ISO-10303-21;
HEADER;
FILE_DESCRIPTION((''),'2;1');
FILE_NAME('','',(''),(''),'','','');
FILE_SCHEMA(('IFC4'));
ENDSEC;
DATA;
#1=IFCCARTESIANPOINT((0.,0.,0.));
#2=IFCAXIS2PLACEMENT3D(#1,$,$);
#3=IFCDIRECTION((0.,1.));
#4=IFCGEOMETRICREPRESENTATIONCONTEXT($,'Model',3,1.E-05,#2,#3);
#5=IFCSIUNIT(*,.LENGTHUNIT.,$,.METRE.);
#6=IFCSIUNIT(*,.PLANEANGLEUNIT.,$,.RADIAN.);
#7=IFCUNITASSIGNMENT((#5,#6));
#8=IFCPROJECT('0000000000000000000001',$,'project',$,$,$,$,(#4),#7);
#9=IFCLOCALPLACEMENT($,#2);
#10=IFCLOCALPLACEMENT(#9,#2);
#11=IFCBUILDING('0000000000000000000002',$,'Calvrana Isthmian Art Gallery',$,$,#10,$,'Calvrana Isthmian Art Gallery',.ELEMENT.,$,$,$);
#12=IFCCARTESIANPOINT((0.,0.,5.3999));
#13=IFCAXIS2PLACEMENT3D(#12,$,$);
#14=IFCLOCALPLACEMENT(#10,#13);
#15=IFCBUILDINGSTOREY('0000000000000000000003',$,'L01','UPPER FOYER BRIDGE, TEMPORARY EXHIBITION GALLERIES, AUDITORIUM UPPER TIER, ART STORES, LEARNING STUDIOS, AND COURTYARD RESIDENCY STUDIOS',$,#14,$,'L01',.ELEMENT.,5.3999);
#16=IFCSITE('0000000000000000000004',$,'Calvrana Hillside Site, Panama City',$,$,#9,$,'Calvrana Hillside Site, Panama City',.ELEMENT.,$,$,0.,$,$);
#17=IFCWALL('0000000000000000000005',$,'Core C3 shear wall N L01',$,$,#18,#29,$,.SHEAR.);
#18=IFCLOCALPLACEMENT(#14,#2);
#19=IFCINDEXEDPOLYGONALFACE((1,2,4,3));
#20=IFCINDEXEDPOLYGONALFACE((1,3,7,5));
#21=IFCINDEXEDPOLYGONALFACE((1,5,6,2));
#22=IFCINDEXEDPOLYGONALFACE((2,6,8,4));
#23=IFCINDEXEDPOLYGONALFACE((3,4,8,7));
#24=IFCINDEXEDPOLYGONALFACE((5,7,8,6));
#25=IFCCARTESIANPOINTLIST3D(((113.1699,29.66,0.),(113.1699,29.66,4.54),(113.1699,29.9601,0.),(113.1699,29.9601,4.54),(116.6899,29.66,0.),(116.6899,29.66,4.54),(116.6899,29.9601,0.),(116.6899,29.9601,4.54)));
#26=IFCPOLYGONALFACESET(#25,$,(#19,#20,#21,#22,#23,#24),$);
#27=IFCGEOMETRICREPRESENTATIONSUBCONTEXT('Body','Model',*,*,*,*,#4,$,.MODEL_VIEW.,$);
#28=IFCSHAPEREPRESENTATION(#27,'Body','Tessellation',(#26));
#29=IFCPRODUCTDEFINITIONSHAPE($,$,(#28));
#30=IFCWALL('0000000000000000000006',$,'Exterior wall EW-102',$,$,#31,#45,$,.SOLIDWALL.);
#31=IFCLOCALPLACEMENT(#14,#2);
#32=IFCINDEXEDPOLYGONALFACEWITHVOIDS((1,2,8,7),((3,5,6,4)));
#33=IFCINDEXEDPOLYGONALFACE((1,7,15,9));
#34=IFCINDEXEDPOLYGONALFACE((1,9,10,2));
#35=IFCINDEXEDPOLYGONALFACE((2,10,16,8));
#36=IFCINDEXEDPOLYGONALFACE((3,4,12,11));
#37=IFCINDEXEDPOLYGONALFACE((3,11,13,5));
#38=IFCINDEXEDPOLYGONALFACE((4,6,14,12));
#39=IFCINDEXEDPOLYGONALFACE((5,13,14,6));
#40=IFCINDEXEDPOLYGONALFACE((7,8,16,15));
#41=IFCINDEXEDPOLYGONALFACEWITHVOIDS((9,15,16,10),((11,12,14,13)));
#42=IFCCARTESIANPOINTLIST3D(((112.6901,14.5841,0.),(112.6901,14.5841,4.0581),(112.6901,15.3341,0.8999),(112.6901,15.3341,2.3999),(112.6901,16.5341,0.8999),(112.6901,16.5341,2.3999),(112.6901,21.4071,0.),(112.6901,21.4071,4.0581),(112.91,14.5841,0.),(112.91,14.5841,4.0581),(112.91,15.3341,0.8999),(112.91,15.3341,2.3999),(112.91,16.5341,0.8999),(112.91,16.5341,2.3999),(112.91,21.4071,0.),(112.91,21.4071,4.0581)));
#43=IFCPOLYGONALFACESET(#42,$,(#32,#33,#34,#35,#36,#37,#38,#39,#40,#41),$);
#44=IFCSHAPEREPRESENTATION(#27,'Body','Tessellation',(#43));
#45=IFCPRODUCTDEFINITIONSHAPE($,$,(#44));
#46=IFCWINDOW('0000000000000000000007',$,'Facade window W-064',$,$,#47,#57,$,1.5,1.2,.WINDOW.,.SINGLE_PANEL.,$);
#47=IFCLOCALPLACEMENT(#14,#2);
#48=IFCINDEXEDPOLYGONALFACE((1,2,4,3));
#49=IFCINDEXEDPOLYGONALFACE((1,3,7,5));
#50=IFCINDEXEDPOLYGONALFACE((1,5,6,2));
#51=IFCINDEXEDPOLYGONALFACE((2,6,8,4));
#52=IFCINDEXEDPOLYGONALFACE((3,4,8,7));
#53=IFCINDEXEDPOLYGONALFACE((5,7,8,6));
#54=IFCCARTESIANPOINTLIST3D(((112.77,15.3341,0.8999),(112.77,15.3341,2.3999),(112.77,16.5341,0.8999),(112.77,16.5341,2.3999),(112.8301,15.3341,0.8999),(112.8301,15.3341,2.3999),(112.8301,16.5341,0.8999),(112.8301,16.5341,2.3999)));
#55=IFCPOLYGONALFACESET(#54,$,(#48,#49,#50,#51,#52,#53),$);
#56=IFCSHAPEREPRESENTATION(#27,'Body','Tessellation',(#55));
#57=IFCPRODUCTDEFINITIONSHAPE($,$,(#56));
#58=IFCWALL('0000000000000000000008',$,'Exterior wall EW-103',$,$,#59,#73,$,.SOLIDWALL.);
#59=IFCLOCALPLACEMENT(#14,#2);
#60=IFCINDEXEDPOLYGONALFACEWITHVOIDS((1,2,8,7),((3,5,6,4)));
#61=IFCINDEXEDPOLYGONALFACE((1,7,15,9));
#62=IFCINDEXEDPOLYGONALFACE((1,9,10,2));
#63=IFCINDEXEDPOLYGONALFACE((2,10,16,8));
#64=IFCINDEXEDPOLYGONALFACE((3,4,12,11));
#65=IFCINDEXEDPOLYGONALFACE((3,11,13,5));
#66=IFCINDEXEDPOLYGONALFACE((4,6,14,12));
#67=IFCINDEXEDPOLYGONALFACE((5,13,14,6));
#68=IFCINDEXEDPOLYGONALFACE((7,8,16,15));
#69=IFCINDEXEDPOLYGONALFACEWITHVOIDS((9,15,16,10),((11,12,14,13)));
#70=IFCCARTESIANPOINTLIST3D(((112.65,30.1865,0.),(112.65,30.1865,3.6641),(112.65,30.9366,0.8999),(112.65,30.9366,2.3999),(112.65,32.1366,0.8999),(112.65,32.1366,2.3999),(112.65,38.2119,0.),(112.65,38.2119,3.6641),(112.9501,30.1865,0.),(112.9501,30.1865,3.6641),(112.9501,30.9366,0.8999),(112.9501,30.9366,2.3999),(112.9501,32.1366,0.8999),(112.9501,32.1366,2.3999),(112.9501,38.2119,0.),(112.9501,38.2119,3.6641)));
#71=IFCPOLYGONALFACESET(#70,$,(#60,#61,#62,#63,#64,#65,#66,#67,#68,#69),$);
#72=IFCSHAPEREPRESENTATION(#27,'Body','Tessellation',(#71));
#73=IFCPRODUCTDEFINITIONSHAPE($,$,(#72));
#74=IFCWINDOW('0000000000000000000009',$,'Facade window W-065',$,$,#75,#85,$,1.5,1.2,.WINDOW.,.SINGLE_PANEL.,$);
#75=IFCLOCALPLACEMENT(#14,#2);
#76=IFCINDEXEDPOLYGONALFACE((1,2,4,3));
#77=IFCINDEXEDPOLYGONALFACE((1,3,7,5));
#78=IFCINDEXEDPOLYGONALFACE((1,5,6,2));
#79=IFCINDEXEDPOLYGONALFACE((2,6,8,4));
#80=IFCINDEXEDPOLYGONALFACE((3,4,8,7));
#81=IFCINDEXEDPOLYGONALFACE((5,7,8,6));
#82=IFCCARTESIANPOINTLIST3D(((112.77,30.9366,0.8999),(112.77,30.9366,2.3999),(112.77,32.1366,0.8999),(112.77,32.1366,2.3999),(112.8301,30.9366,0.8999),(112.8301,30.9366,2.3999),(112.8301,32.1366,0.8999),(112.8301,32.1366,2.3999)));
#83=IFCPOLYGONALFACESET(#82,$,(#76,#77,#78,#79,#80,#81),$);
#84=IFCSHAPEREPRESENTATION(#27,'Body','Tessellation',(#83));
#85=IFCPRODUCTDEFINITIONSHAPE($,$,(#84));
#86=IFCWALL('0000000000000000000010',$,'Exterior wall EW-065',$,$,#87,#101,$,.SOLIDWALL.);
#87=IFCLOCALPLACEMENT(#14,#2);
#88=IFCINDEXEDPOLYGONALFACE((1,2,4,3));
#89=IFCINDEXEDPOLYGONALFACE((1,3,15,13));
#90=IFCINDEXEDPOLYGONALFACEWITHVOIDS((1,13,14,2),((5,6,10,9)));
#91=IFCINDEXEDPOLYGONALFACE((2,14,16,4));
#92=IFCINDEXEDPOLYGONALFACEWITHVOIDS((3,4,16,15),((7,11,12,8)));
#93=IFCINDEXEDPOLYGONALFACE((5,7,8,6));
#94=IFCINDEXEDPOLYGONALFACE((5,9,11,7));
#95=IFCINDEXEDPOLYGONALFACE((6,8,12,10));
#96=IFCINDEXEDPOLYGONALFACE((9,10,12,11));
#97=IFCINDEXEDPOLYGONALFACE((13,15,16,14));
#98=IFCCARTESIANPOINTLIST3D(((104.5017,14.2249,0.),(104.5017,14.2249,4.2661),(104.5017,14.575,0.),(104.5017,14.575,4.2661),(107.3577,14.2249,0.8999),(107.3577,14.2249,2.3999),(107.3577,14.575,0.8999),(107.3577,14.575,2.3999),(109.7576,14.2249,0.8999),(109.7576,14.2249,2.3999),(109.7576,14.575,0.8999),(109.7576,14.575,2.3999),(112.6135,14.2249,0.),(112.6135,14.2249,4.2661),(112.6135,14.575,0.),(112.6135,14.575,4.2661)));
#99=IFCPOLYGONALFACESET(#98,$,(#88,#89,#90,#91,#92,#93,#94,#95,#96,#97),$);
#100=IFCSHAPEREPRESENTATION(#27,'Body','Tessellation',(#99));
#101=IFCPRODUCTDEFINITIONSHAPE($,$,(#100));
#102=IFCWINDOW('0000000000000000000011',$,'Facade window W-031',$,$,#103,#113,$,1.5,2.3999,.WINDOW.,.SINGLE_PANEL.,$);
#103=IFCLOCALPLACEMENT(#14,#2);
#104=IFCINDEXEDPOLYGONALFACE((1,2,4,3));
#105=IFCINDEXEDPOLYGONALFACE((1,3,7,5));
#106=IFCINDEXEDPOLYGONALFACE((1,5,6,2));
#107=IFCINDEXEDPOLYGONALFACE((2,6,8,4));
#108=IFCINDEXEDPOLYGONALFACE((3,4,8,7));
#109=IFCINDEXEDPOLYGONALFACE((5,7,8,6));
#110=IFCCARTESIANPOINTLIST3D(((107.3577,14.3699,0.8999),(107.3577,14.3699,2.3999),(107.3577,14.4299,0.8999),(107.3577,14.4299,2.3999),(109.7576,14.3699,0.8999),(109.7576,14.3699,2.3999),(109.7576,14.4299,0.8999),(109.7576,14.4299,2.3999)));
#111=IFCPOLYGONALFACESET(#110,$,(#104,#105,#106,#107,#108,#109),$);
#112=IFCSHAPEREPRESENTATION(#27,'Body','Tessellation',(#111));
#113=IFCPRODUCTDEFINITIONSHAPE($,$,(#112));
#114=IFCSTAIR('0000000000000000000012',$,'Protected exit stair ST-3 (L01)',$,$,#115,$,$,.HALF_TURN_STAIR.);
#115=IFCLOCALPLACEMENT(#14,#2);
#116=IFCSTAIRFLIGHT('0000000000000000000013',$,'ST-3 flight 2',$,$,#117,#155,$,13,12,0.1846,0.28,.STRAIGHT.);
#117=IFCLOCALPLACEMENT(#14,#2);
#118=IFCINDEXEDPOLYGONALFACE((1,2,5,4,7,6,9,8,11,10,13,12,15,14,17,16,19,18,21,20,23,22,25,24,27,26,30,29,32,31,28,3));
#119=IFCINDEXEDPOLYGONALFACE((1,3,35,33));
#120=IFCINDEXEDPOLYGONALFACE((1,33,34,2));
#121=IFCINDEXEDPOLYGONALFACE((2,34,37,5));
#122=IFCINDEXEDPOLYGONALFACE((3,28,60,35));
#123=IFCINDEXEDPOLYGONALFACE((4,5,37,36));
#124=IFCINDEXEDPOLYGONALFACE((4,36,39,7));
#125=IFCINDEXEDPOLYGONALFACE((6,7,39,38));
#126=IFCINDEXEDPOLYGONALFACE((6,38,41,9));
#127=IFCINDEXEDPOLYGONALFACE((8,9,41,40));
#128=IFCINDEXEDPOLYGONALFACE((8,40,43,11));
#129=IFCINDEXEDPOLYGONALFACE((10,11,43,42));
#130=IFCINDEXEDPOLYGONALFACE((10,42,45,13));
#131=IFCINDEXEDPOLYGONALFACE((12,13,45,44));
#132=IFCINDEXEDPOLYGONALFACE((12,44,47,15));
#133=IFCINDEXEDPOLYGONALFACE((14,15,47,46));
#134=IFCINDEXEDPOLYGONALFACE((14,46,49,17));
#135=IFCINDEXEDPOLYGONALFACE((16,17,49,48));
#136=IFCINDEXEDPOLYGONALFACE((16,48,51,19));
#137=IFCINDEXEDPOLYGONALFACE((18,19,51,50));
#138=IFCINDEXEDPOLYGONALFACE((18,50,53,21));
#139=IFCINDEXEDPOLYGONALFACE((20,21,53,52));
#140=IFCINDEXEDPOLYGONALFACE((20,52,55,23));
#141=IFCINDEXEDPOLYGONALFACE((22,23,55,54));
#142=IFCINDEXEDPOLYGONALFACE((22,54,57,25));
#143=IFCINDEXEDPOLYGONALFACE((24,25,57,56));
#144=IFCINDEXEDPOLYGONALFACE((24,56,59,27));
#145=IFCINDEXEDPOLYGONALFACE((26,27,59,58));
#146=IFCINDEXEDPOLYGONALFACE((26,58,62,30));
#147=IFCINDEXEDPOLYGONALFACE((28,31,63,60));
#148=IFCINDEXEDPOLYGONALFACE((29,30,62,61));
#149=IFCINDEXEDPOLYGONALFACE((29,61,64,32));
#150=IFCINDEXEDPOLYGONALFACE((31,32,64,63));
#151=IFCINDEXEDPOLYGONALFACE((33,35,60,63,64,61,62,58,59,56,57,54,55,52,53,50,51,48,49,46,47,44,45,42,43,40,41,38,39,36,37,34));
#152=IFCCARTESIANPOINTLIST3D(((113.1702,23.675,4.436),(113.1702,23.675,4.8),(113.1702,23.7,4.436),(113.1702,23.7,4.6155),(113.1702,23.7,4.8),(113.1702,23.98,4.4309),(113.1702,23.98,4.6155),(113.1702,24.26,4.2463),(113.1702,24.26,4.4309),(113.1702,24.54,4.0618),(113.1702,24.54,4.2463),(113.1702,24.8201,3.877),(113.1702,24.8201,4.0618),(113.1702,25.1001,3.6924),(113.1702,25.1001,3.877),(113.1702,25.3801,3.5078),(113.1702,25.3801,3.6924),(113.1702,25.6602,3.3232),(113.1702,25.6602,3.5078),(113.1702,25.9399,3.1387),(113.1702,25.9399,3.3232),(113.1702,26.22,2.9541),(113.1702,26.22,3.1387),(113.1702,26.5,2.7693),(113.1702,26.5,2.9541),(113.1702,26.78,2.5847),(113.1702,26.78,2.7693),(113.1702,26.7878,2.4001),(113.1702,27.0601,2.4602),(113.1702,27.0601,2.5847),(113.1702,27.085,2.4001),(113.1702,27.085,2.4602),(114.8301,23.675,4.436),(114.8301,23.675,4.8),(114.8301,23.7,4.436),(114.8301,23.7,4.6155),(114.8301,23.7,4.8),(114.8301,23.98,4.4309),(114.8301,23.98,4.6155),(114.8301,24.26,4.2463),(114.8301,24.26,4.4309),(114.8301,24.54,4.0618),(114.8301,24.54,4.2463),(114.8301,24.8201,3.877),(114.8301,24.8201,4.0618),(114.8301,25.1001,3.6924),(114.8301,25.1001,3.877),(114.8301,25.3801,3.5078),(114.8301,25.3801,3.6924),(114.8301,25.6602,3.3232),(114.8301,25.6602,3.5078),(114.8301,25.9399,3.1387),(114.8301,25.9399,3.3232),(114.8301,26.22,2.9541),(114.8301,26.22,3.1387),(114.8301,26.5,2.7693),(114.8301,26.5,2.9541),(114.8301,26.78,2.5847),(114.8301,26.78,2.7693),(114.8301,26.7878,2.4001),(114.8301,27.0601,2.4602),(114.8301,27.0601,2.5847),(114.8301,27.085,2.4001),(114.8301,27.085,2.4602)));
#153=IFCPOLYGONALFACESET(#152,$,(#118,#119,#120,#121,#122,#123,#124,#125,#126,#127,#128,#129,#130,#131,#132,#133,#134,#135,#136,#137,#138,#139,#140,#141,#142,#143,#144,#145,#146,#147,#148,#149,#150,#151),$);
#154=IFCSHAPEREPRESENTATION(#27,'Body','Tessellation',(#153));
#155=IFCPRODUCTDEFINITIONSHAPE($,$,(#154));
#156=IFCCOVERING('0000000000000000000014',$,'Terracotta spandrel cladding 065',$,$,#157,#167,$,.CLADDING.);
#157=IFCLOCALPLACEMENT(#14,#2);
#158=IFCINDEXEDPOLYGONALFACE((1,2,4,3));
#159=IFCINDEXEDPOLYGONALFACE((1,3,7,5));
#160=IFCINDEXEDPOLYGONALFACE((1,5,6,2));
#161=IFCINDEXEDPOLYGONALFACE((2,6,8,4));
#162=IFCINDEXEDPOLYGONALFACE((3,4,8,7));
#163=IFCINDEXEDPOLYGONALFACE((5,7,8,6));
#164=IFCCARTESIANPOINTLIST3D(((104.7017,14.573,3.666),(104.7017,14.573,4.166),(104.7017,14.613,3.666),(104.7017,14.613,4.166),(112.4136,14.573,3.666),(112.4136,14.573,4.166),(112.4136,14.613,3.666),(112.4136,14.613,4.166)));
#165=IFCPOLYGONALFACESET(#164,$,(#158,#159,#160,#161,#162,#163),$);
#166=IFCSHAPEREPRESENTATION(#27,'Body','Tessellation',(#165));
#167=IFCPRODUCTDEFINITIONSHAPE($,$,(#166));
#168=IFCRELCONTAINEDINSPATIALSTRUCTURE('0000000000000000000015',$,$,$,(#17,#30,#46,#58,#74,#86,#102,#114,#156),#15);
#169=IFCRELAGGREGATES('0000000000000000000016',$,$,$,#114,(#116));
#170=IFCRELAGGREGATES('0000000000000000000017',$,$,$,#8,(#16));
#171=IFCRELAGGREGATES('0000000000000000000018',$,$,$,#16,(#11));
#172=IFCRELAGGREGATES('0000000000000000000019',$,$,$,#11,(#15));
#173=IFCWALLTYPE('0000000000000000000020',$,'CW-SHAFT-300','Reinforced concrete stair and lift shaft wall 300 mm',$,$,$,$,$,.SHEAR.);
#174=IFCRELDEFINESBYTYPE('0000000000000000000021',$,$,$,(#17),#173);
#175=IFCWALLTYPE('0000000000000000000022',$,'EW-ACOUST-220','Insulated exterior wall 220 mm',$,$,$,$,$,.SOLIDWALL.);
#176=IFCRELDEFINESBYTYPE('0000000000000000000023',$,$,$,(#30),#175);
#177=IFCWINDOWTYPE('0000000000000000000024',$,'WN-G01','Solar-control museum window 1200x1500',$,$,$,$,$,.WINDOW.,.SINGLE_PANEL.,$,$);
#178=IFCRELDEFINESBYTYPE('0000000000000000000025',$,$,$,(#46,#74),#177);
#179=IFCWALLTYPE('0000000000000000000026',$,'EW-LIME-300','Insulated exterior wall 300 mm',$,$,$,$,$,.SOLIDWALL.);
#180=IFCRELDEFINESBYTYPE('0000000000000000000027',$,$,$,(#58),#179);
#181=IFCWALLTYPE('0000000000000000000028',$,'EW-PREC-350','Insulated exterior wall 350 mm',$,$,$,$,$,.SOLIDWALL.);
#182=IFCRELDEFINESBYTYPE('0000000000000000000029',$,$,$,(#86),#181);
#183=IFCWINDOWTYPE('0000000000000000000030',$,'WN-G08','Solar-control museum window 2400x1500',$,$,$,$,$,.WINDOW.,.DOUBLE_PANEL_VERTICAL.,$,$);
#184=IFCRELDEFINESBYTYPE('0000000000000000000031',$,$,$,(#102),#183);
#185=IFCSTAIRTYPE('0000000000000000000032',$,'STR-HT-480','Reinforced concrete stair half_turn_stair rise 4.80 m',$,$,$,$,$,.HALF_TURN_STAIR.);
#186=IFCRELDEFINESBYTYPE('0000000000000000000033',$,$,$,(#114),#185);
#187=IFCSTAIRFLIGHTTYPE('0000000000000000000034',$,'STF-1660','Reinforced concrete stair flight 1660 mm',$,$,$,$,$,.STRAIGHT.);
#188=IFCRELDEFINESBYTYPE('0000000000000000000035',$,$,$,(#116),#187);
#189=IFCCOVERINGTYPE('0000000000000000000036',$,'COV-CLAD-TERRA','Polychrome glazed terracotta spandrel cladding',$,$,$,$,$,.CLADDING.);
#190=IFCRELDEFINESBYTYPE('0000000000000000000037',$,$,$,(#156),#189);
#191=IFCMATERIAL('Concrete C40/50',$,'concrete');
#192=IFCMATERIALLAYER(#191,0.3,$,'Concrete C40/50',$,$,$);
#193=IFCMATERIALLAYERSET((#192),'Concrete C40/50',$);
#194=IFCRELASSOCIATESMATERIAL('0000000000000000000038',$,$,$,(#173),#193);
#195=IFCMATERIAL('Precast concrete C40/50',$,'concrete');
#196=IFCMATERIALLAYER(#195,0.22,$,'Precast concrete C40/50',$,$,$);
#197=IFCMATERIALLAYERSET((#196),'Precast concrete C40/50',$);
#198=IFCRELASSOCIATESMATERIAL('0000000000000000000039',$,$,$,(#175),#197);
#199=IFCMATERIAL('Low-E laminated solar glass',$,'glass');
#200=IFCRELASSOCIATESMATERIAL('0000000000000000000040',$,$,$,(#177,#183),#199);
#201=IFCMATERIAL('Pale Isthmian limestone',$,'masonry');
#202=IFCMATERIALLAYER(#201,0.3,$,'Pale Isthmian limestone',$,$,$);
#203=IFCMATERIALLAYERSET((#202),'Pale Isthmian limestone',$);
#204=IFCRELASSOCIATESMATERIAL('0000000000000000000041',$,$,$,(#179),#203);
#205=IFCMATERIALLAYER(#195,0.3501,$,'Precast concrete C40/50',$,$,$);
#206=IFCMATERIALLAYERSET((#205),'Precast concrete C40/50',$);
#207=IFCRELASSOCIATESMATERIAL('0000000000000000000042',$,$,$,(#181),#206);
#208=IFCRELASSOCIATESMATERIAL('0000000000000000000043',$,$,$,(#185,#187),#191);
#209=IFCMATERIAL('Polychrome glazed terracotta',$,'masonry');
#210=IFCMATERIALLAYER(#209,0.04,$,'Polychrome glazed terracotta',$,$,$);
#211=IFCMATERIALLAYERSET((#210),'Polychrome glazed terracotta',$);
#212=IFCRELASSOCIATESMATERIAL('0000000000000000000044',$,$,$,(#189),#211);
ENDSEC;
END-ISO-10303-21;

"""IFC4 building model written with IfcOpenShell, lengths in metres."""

from ifc_helpers import new_model, si_unit, direction, frame, frame_2d, origin, origin_2d, place, context, subcontext, project, spatial, polyline, rectangle, outline, extrude, material, layer, layer_set, type_object, element, fill, aggregate, save


model = new_model("IFC4")

# Units and contexts
model_context = context("Model", 3, precision=1e-05, world=origin(), true_north=direction((0.0, 1.0)))
body_context = subcontext(model_context, "Body", "Model", "MODEL_VIEW")
ifc_project = project(units=[si_unit("LENGTHUNIT", "METRE"), si_unit("PLANEANGLEUNIT", "RADIAN")], contexts=[model_context])

# Site, building, storey
site_placement = place(None, origin())
site = spatial("IfcSite", under=ifc_project, at=site_placement, Name="Calvrana Hillside Site, Panama City", LongName="Calvrana Hillside Site, Panama City", CompositionType="ELEMENT", RefElevation=0.0)
building_placement = place(site_placement, origin())
building = spatial("IfcBuilding", under=site, at=building_placement, Name="Calvrana Isthmian Art Gallery", LongName="Calvrana Isthmian Art Gallery", CompositionType="ELEMENT")
storey_placement = place(building_placement, frame((0.0, 0.0, 5.3999)))
storey = spatial("IfcBuildingStorey", under=building, at=storey_placement, Name="L01", Description="UPPER FOYER BRIDGE, TEMPORARY EXHIBITION GALLERIES, AUDITORIUM UPPER TIER, ART STORES, LEARNING STUDIOS, AND COURTYARD RESIDENCY STUDIOS", LongName="L01", CompositionType="ELEMENT", Elevation=5.3999)

# Wall
ifc_material_1 = material(Name="Concrete C40/50", Category="concrete")
ifc_layer_1 = layer(ifc_material_1, 0.3, Name="Concrete C40/50")
ifc_layer_set_1 = layer_set([ifc_layer_1], Name="Concrete C40/50")
wall_type_1 = type_object("IfcWallType", Name="CW-SHAFT-300", Description="Reinforced concrete stair and lift shaft wall 300 mm", PredefinedType="SHEAR", material=ifc_layer_set_1)
for number, where, z_axis, x_axis, name in (
    (1, (113.1699, 29.8101, 0.0), (0.0, 0.0, 1.0), (1.0, 0.0, 0.0), "Core C3 shear wall N L01"),
):
    element("IfcWall", number, at=place(storey_placement, frame(where, z_axis=z_axis, x_axis=x_axis)), inside=storey, type_object=wall_type_1, Name=name, PredefinedType="SHEAR", context=body_context, shape_type="SweptSolid", body=[
        extrude(rectangle(XDim=3.52, YDim=0.3, at=frame_2d((1.76, 0.0))), origin(), (0.0, 0.0, 1.0), 4.54),
    ])

# Walls, openings, windows
ifc_material_2 = material(Name="Precast concrete C40/50", Category="concrete")
ifc_layer_2 = layer(ifc_material_2, 0.22, Name="Precast concrete C40/50")
ifc_layer_set_2 = layer_set([ifc_layer_2], Name="Precast concrete C40/50")
wall_type_2 = type_object("IfcWallType", Name="EW-ACOUST-220", Description="Insulated exterior wall 220 mm", PredefinedType="SOLIDWALL", material=ifc_layer_set_2)
wall_1_placement = place(storey_placement, frame((112.8, 14.584, 0.0), z_axis=(0.0, 0.0, 1.0), x_axis=(0.0, 1.0, 0.0)))
wall_1 = element("IfcWall", 2, at=wall_1_placement, inside=storey, type_object=wall_type_2, Name="Exterior wall EW-102", PredefinedType="SOLIDWALL", context=body_context, shape_type="SweptSolid", body=[
    extrude(rectangle(XDim=6.823, YDim=0.22, at=frame_2d((3.4116, 0.0))), origin(), (0.0, 0.0, 1.0), 4.0581),
])
opening_1_placement = place(wall_1_placement, frame((0.75, 0.0, 0.8999)))
opening_1 = element("IfcOpeningElement", 3, at=opening_1_placement, cuts=wall_1, PredefinedType="OPENING", context=body_context, shape_type="SweptSolid", body=[
    extrude(rectangle(XDim=1.2, YDim=1.5, at=frame_2d((0.6001, 0.75))), frame((0.0, 0.1201, 0.0), z_axis=(0.0, -1.0, 0.0), x_axis=(1.0, 0.0, 0.0)), (0.0, 0.0, 1.0), 0.2405),
])
ifc_material_3 = material(Name="Low-E laminated solar glass", Category="glass")
window_type_1 = type_object("IfcWindowType", Name="WN-G01", Description="Solar-control museum window 1200x1500", PartitioningType="SINGLE_PANEL", PredefinedType="WINDOW", material=ifc_material_3)
window_1_placement = place(opening_1_placement, origin())
window_1 = element("IfcWindow", 4, at=window_1_placement, inside=storey, type_object=window_type_1, Name="Facade window W-064", OverallHeight=1.5, OverallWidth=1.2, PartitioningType="SINGLE_PANEL", PredefinedType="WINDOW", context=body_context, shape_type="SweptSolid", body=[
    extrude(rectangle(XDim=1.2, YDim=1.5, at=frame_2d((0.6001, 0.75))), frame((0.0, 0.03, 0.0), z_axis=(0.0, -1.0, 0.0), x_axis=(1.0, 0.0, 0.0)), (0.0, 0.0, 1.0), 0.0601),
])
fill(opening_1, window_1)
ifc_material_4 = material(Name="Pale Isthmian limestone", Category="masonry")
ifc_layer_3 = layer(ifc_material_4, 0.3, Name="Pale Isthmian limestone")
ifc_layer_set_3 = layer_set([ifc_layer_3], Name="Pale Isthmian limestone")
wall_type_3 = type_object("IfcWallType", Name="EW-LIME-300", Description="Insulated exterior wall 300 mm", PredefinedType="SOLIDWALL", material=ifc_layer_set_3)
wall_2_placement = place(storey_placement, frame((112.8, 30.1865, 0.0), z_axis=(0.0, 0.0, 1.0), x_axis=(0.0, 1.0, 0.0)))
wall_2 = element("IfcWall", 5, at=wall_2_placement, inside=storey, type_object=wall_type_3, Name="Exterior wall EW-103", PredefinedType="SOLIDWALL", context=body_context, shape_type="SweptSolid", body=[
    extrude(rectangle(XDim=8.0254, YDim=0.3, at=frame_2d((4.0127, 0.0))), origin(), (0.0, 0.0, 1.0), 3.6641),
])
opening_2_placement = place(wall_2_placement, frame((0.75, 0.0, 0.8999)))
opening_2 = element("IfcOpeningElement", 6, at=opening_2_placement, cuts=wall_2, PredefinedType="OPENING", context=body_context, shape_type="SweptSolid", body=[
    extrude(rectangle(XDim=1.2, YDim=1.5, at=frame_2d((0.6001, 0.75))), frame((0.0, 0.1602, 0.0), z_axis=(0.0, -1.0, 0.0), x_axis=(1.0, 0.0, 0.0)), (0.0, 0.0, 1.0), 0.3206),
])
window_2_placement = place(opening_2_placement, origin())
window_2 = element("IfcWindow", 7, at=window_2_placement, inside=storey, type_object=window_type_1, Name="Facade window W-065", OverallHeight=1.5, OverallWidth=1.2, PartitioningType="SINGLE_PANEL", PredefinedType="WINDOW", context=body_context, shape_type="SweptSolid", body=[
    extrude(rectangle(XDim=1.2, YDim=1.5, at=frame_2d((0.6001, 0.75))), frame((0.0, 0.03, 0.0), z_axis=(0.0, -1.0, 0.0), x_axis=(1.0, 0.0, 0.0)), (0.0, 0.0, 1.0), 0.0601),
])
fill(opening_2, window_2)
ifc_layer_4 = layer(ifc_material_2, 0.3501, Name="Precast concrete C40/50")
ifc_layer_set_4 = layer_set([ifc_layer_4], Name="Precast concrete C40/50")
wall_type_4 = type_object("IfcWallType", Name="EW-PREC-350", Description="Insulated exterior wall 350 mm", PredefinedType="SOLIDWALL", material=ifc_layer_set_4)
wall_3_placement = place(storey_placement, frame((104.5017, 14.3999, 0.0), z_axis=(0.0, 0.0, 1.0), x_axis=(1.0, 0.0, 0.0)))
wall_3 = element("IfcWall", 8, at=wall_3_placement, inside=storey, type_object=wall_type_4, Name="Exterior wall EW-065", PredefinedType="SOLIDWALL", context=body_context, shape_type="SweptSolid", body=[
    extrude(rectangle(XDim=8.1118, YDim=0.3501, at=frame_2d((4.0559, 0.0))), origin(), (0.0, 0.0, 1.0), 4.2661),
])
opening_3_placement = place(wall_3_placement, frame((2.856, 0.0, 0.8999)))
opening_3 = element("IfcOpeningElement", 9, at=opening_3_placement, cuts=wall_3, PredefinedType="OPENING", context=body_context, shape_type="SweptSolid", body=[
    extrude(rectangle(XDim=2.3999, YDim=1.5, at=frame_2d((1.2, 0.75))), frame((0.0, 0.1853, 0.0), z_axis=(0.0, -1.0, 0.0), x_axis=(1.0, 0.0, 0.0)), (0.0, 0.0, 1.0), 0.3706),
])
window_type_2 = type_object("IfcWindowType", Name="WN-G08", Description="Solar-control museum window 2400x1500", PartitioningType="DOUBLE_PANEL_VERTICAL", PredefinedType="WINDOW", material=ifc_material_3)
window_3_placement = place(opening_3_placement, origin())
window_3 = element("IfcWindow", 10, at=window_3_placement, inside=storey, type_object=window_type_2, Name="Facade window W-031", OverallHeight=1.5, OverallWidth=2.3999, PartitioningType="SINGLE_PANEL", PredefinedType="WINDOW", context=body_context, shape_type="SweptSolid", body=[
    extrude(rectangle(XDim=2.3999, YDim=1.5, at=frame_2d((1.2, 0.75))), frame((0.0, 0.03, 0.0), z_axis=(0.0, -1.0, 0.0), x_axis=(1.0, 0.0, 0.0)), (0.0, 0.0, 1.0), 0.0601),
])
fill(opening_3, window_3)

# Stair, stair flight
stair_type = type_object("IfcStairType", Name="STR-HT-480", Description="Reinforced concrete stair half_turn_stair rise 4.80 m", PredefinedType="HALF_TURN_STAIR", material=ifc_material_1)
stair_placement = place(storey_placement, origin())
stair = element("IfcStair", 11, at=stair_placement, inside=storey, type_object=stair_type, Name="Protected exit stair ST-3 (L01)", PredefinedType="HALF_TURN_STAIR")
stair_flight_type = type_object("IfcStairFlightType", Name="STF-1660", Description="Reinforced concrete stair flight 1660 mm", PredefinedType="STRAIGHT", material=ifc_material_1)
stair_flight_placement = place(storey_placement, frame((114.0, 27.0601, 2.4001), z_axis=(0.0, 0.0, 1.0), x_axis=(0.0, -1.0, 0.0)))
stair_flight = element("IfcStairFlight", 12, at=stair_flight_placement, type_object=stair_flight_type, Name="ST-3 flight 2", NumberOfRisers=13, NumberOfTreads=12, PredefinedType="STRAIGHT", RiserHeight=0.1846, TreadLength=0.28, context=body_context, shape_type="SweptSolid", body=[
    extrude(outline(polyline([(-0.0249, 0.0), (-0.0249, 0.0601), (0.0, 0.0601), (0.0, 0.1846), (0.28, 0.1846), (0.28, 0.3691), (0.5601, 0.3691), (0.5601, 0.554), (0.8401, 0.554), (0.8401, 0.7385), (1.1201, 0.7385), (1.1201, 0.9231), (1.3999, 0.9231), (1.3999, 1.1077), (1.6799, 1.1077), (1.6799, 1.2922), (1.96, 1.2922), (1.96, 1.4768), (2.24, 1.4768), (2.24, 1.6616), (2.52, 1.6616), (2.52, 1.8462), (2.8, 1.8462), (2.8, 2.0308), (3.0801, 2.0308), (3.0801, 2.2153), (3.3601, 2.2153), (3.3601, 2.3999), (3.385, 2.3999), (3.385, 2.0359), (3.3601, 2.0359), (0.2722, 0.0), (-0.0249, 0.0)])), frame((0.0, 0.8301, 0.0), z_axis=(0.0, -1.0, 0.0), x_axis=(1.0, 0.0, 0.0)), (0.0, 0.0, 1.0), 1.6599),
])
aggregate(stair, [stair_flight])

# Covering
ifc_material_5 = material(Name="Polychrome glazed terracotta", Category="masonry")
ifc_layer_5 = layer(ifc_material_5, 0.04, Name="Polychrome glazed terracotta")
ifc_layer_set_5 = layer_set([ifc_layer_5], Name="Polychrome glazed terracotta")
covering_type = type_object("IfcCoveringType", Name="COV-CLAD-TERRA", Description="Polychrome glazed terracotta spandrel cladding", PredefinedType="CLADDING", material=ifc_layer_set_5)
covering_placement = place(storey_placement, frame((108.5576, 14.593, 3.666), z_axis=(0.0, 0.0, 1.0), x_axis=(1.0, 0.0, 0.0)))
element("IfcCovering", 13, at=covering_placement, inside=storey, type_object=covering_type, Name="Terracotta spandrel cladding 065", PredefinedType="CLADDING", context=body_context, shape_type="SweptSolid", body=[
    extrude(rectangle(XDim=7.7119, YDim=0.04, at=origin_2d()), origin(), (0.0, 0.0, 1.0), 0.5),
])

save(model, "model.ifc")
